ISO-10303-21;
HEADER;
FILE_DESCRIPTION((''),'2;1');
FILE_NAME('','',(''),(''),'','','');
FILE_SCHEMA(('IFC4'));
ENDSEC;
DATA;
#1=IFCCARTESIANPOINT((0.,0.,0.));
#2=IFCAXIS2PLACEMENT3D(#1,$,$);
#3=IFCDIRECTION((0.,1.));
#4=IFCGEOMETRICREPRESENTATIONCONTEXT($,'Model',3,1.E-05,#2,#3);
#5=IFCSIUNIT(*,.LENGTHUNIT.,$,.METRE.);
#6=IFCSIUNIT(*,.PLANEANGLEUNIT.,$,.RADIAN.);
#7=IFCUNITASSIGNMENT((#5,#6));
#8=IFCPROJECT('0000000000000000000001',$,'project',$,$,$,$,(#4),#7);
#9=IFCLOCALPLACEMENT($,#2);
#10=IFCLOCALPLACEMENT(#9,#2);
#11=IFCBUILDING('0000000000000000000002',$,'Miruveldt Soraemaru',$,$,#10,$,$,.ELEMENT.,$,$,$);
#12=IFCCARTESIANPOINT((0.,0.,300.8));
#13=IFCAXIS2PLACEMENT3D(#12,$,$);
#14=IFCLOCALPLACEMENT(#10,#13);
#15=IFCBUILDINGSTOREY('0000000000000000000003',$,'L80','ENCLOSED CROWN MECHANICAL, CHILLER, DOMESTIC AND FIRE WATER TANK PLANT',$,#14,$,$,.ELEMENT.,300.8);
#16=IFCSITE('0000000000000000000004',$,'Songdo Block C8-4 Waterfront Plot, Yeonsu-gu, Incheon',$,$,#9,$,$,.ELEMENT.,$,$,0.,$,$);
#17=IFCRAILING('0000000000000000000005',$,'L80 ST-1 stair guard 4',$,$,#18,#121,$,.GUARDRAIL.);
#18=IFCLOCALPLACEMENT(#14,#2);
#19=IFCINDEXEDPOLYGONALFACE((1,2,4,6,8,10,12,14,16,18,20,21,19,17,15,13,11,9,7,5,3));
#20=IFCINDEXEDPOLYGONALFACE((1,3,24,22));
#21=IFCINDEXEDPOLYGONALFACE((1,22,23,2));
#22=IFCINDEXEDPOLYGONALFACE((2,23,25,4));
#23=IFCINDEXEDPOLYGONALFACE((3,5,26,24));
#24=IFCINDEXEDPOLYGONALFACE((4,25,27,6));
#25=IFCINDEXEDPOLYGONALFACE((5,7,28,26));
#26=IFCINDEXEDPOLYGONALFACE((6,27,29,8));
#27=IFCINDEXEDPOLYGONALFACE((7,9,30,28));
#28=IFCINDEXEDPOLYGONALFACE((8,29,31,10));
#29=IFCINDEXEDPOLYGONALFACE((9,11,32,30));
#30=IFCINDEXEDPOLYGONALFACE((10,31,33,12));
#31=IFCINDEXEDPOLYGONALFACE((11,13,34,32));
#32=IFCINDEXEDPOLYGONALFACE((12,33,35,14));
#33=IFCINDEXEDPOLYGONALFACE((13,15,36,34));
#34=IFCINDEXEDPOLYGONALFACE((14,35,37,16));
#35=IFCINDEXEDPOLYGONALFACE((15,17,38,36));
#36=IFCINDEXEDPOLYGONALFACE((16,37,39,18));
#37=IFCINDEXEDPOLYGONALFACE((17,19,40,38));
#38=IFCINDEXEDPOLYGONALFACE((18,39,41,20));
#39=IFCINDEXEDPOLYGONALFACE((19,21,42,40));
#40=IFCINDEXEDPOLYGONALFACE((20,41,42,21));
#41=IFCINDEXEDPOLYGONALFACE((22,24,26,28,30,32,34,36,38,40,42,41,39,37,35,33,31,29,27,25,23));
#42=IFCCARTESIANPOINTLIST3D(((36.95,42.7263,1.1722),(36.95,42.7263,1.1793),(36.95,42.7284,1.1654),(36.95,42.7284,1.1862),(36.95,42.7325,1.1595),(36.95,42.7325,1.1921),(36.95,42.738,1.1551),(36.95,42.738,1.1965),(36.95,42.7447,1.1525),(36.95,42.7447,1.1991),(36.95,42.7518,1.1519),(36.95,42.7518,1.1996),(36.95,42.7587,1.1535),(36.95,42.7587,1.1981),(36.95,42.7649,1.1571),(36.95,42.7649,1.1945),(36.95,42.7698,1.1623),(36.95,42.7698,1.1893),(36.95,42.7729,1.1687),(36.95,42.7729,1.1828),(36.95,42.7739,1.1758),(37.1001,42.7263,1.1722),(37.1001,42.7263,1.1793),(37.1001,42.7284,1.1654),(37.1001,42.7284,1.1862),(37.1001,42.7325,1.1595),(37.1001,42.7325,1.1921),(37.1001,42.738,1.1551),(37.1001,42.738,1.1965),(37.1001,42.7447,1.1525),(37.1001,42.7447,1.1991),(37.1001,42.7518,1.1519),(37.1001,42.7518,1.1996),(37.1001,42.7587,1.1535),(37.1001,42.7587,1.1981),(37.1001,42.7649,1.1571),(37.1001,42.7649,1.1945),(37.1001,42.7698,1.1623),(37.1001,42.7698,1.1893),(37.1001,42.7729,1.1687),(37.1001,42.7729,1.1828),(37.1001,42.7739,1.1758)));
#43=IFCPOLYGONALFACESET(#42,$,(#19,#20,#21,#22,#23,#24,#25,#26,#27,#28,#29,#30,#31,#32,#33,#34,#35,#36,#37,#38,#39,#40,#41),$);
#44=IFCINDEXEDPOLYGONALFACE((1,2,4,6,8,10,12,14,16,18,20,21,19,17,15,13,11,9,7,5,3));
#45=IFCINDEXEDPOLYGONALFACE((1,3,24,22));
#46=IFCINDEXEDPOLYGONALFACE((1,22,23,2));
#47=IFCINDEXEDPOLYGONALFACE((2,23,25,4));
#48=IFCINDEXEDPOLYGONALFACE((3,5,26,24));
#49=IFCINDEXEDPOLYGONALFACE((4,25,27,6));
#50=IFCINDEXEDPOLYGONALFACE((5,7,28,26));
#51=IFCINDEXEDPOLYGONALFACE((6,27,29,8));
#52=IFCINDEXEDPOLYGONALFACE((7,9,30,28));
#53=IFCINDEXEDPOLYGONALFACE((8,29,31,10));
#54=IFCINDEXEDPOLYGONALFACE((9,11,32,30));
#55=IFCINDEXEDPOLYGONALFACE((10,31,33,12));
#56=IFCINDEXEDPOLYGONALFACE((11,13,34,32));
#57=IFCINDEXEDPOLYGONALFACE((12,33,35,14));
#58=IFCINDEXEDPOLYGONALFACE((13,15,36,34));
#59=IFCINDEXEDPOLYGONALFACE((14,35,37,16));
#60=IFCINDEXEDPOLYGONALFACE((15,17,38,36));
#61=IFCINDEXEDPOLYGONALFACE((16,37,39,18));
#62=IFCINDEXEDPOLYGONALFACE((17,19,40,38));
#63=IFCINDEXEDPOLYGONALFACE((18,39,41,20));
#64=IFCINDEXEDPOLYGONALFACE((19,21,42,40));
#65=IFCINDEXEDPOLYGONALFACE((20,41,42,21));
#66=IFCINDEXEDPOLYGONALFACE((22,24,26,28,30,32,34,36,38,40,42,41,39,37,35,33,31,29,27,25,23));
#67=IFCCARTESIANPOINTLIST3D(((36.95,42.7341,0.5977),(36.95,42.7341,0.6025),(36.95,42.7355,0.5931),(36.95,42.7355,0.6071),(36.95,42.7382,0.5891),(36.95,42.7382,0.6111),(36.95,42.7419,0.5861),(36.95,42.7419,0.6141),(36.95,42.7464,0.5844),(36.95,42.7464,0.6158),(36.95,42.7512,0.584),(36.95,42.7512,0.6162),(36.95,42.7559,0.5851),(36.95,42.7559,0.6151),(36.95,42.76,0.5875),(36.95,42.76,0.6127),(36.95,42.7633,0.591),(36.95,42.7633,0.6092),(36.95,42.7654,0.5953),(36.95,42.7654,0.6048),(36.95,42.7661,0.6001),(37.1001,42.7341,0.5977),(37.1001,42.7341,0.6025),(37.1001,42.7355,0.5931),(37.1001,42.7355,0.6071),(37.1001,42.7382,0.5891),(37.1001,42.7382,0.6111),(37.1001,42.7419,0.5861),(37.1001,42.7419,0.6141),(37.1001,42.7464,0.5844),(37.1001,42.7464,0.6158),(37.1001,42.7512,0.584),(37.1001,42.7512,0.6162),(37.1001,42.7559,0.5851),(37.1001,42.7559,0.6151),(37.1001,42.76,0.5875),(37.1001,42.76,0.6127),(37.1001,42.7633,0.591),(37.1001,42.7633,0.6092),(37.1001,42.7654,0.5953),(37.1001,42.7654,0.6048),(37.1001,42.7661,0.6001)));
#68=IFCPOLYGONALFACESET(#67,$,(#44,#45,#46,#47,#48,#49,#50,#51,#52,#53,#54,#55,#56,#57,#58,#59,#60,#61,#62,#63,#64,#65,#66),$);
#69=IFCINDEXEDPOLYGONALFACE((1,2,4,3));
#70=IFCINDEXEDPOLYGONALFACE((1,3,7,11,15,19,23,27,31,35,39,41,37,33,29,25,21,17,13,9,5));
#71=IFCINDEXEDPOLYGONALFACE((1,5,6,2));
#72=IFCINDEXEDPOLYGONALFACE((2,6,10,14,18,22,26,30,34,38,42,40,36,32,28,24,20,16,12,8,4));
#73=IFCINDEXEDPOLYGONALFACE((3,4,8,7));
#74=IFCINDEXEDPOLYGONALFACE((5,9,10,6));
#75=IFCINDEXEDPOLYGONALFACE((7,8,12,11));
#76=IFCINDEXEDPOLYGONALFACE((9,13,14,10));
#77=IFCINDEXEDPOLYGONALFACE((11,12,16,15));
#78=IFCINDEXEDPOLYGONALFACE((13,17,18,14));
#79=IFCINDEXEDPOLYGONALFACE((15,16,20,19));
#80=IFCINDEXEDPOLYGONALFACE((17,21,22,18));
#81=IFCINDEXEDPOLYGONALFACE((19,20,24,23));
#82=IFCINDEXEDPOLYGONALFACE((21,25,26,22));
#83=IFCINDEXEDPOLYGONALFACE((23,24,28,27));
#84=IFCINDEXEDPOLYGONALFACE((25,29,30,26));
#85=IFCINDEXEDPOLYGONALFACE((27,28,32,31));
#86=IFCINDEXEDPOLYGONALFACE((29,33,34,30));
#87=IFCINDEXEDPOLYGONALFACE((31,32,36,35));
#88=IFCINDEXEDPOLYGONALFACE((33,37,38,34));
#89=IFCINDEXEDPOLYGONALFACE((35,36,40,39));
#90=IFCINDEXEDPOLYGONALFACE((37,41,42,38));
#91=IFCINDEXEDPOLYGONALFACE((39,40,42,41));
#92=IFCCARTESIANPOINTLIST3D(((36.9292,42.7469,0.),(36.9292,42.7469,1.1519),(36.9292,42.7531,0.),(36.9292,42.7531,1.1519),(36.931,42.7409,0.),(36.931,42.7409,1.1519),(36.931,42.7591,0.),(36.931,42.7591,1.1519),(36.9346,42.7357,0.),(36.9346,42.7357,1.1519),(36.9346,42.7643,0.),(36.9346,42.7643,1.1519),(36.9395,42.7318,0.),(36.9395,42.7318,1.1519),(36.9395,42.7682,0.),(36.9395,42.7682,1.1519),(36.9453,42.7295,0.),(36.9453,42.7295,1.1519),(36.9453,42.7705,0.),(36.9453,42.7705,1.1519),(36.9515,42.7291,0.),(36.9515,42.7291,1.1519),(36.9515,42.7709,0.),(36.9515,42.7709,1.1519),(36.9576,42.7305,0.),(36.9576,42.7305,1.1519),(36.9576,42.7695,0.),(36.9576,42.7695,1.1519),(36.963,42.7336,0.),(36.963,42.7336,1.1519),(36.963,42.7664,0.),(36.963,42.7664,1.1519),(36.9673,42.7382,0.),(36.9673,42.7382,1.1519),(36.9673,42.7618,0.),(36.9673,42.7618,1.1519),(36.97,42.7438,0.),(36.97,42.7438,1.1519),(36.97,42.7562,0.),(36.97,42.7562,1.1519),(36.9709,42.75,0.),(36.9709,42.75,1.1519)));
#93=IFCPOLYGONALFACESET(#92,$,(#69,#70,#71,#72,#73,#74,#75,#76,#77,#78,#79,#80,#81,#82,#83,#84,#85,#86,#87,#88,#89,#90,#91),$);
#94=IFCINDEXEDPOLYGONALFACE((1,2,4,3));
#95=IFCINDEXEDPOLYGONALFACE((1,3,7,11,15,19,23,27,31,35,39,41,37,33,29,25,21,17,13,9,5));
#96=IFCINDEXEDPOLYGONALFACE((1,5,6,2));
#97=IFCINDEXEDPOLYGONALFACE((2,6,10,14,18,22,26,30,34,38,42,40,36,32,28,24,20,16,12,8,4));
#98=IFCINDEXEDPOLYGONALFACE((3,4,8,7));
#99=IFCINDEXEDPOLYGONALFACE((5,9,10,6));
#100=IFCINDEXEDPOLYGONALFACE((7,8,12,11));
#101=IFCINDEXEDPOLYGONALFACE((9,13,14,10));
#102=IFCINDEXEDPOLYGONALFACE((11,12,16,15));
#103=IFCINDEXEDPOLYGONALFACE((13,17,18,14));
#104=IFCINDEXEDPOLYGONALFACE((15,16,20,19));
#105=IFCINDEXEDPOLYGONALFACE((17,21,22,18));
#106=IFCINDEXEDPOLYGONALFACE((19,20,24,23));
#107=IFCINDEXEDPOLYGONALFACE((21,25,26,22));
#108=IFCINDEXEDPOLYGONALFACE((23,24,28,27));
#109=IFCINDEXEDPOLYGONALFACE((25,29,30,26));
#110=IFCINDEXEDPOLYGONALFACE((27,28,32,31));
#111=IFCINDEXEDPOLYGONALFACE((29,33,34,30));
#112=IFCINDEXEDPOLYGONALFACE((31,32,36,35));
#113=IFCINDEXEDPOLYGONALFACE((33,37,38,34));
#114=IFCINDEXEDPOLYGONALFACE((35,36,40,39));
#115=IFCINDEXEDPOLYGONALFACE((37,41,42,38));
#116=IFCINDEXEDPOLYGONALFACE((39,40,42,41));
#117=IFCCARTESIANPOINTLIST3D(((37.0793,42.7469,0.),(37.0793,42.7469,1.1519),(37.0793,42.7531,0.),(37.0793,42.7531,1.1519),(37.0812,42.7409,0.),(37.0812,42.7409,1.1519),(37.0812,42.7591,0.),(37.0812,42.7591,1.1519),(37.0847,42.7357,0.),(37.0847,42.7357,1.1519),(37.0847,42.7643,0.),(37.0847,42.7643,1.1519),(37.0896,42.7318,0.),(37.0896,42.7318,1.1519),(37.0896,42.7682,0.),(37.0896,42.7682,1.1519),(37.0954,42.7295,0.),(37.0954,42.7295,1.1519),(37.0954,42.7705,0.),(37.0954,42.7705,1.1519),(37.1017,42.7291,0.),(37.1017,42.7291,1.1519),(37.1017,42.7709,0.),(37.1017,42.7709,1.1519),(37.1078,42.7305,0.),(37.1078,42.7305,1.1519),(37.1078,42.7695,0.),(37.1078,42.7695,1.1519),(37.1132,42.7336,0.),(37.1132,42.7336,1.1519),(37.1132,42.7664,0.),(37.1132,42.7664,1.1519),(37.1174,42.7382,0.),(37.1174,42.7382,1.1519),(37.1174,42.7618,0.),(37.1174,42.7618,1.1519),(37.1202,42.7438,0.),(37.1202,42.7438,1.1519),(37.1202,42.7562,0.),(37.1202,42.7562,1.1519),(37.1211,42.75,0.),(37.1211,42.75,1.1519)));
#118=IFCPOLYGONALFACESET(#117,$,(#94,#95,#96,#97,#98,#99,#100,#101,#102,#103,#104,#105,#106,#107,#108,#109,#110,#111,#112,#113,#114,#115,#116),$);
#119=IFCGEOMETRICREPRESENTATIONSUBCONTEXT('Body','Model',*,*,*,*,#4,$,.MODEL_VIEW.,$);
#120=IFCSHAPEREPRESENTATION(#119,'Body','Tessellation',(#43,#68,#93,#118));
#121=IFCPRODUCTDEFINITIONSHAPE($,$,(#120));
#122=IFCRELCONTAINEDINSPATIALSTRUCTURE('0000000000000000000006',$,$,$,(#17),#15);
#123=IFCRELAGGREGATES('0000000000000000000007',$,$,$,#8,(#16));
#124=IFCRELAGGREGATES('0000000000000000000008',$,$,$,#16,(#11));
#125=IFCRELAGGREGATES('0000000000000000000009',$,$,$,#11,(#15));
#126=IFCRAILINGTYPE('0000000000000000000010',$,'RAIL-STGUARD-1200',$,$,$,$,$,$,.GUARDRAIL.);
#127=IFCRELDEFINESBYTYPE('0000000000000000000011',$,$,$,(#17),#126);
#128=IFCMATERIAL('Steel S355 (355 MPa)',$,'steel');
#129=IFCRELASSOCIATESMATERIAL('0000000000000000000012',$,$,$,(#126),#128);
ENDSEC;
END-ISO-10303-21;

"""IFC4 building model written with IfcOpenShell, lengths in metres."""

from ifc_helpers import new_model, si_unit, direction, frame, origin, origin_2d, place, context, subcontext, project, spatial, circle, extrude, material, type_object, element, save


model = new_model("IFC4")

# Units and contexts
model_context = context("Model", 3, precision=1e-05, world=origin(), true_north=direction((0.0, 1.0)))
body_context = subcontext(model_context, "Body", "Model", "MODEL_VIEW")
ifc_project = project(units=[si_unit("LENGTHUNIT", "METRE"), si_unit("PLANEANGLEUNIT", "RADIAN")], contexts=[model_context])

# Site, building, storey
site_placement = place(None, origin())
site = spatial("IfcSite", under=ifc_project, at=site_placement, Name="Songdo Block C8-4 Waterfront Plot, Yeonsu-gu, Incheon", CompositionType="ELEMENT", RefElevation=0.0)
building_placement = place(site_placement, origin())
building = spatial("IfcBuilding", under=site, at=building_placement, Name="Miruveldt Soraemaru", CompositionType="ELEMENT")
storey_placement = place(building_placement, frame((0.0, 0.0, 300.8)))
storey = spatial("IfcBuildingStorey", under=building, at=storey_placement, Name="L80", Description="ENCLOSED CROWN MECHANICAL, CHILLER, DOMESTIC AND FIRE WATER TANK PLANT", CompositionType="ELEMENT", Elevation=300.8)

# Railing
ifc_material_1 = material(Name="Steel S355 (355 MPa)", Category="steel")
railing_type_1 = type_object("IfcRailingType", Name="RAIL-STGUARD-1200", PredefinedType="GUARDRAIL", material=ifc_material_1)
railing_1_placement = place(storey_placement, frame((36.95, 42.75, 0.0)))
element("IfcRailing", 1, at=railing_1_placement, inside=storey, type_object=railing_type_1, Name="L80 ST-1 stair guard 4", PredefinedType="GUARDRAIL", context=body_context, shape_type="SweptSolid", body=[
    extrude(circle(Radius=0.0239, at=origin_2d()), frame((0.0, 0.0, 1.1758), z_axis=(1.0, 0.0, 0.0), x_axis=(0.0, 1.0, 0.0)), (0.0, 0.0, 1.0), 0.1501),
    extrude(circle(Radius=0.0161, at=origin_2d()), frame((0.0, 0.0, 0.6001), z_axis=(1.0, 0.0, 0.0), x_axis=(0.0, 1.0, 0.0)), (0.0, 0.0, 1.0), 0.1501),
    extrude(circle(Radius=0.021, at=origin_2d()), origin(), (0.0, 0.0, 1.0), 1.1519),
    extrude(circle(Radius=0.021, at=origin_2d()), frame((0.1501, 0.0, 0.0)), (0.0, 0.0, 1.0), 1.1519),
])

save(model, "model.ifc")
